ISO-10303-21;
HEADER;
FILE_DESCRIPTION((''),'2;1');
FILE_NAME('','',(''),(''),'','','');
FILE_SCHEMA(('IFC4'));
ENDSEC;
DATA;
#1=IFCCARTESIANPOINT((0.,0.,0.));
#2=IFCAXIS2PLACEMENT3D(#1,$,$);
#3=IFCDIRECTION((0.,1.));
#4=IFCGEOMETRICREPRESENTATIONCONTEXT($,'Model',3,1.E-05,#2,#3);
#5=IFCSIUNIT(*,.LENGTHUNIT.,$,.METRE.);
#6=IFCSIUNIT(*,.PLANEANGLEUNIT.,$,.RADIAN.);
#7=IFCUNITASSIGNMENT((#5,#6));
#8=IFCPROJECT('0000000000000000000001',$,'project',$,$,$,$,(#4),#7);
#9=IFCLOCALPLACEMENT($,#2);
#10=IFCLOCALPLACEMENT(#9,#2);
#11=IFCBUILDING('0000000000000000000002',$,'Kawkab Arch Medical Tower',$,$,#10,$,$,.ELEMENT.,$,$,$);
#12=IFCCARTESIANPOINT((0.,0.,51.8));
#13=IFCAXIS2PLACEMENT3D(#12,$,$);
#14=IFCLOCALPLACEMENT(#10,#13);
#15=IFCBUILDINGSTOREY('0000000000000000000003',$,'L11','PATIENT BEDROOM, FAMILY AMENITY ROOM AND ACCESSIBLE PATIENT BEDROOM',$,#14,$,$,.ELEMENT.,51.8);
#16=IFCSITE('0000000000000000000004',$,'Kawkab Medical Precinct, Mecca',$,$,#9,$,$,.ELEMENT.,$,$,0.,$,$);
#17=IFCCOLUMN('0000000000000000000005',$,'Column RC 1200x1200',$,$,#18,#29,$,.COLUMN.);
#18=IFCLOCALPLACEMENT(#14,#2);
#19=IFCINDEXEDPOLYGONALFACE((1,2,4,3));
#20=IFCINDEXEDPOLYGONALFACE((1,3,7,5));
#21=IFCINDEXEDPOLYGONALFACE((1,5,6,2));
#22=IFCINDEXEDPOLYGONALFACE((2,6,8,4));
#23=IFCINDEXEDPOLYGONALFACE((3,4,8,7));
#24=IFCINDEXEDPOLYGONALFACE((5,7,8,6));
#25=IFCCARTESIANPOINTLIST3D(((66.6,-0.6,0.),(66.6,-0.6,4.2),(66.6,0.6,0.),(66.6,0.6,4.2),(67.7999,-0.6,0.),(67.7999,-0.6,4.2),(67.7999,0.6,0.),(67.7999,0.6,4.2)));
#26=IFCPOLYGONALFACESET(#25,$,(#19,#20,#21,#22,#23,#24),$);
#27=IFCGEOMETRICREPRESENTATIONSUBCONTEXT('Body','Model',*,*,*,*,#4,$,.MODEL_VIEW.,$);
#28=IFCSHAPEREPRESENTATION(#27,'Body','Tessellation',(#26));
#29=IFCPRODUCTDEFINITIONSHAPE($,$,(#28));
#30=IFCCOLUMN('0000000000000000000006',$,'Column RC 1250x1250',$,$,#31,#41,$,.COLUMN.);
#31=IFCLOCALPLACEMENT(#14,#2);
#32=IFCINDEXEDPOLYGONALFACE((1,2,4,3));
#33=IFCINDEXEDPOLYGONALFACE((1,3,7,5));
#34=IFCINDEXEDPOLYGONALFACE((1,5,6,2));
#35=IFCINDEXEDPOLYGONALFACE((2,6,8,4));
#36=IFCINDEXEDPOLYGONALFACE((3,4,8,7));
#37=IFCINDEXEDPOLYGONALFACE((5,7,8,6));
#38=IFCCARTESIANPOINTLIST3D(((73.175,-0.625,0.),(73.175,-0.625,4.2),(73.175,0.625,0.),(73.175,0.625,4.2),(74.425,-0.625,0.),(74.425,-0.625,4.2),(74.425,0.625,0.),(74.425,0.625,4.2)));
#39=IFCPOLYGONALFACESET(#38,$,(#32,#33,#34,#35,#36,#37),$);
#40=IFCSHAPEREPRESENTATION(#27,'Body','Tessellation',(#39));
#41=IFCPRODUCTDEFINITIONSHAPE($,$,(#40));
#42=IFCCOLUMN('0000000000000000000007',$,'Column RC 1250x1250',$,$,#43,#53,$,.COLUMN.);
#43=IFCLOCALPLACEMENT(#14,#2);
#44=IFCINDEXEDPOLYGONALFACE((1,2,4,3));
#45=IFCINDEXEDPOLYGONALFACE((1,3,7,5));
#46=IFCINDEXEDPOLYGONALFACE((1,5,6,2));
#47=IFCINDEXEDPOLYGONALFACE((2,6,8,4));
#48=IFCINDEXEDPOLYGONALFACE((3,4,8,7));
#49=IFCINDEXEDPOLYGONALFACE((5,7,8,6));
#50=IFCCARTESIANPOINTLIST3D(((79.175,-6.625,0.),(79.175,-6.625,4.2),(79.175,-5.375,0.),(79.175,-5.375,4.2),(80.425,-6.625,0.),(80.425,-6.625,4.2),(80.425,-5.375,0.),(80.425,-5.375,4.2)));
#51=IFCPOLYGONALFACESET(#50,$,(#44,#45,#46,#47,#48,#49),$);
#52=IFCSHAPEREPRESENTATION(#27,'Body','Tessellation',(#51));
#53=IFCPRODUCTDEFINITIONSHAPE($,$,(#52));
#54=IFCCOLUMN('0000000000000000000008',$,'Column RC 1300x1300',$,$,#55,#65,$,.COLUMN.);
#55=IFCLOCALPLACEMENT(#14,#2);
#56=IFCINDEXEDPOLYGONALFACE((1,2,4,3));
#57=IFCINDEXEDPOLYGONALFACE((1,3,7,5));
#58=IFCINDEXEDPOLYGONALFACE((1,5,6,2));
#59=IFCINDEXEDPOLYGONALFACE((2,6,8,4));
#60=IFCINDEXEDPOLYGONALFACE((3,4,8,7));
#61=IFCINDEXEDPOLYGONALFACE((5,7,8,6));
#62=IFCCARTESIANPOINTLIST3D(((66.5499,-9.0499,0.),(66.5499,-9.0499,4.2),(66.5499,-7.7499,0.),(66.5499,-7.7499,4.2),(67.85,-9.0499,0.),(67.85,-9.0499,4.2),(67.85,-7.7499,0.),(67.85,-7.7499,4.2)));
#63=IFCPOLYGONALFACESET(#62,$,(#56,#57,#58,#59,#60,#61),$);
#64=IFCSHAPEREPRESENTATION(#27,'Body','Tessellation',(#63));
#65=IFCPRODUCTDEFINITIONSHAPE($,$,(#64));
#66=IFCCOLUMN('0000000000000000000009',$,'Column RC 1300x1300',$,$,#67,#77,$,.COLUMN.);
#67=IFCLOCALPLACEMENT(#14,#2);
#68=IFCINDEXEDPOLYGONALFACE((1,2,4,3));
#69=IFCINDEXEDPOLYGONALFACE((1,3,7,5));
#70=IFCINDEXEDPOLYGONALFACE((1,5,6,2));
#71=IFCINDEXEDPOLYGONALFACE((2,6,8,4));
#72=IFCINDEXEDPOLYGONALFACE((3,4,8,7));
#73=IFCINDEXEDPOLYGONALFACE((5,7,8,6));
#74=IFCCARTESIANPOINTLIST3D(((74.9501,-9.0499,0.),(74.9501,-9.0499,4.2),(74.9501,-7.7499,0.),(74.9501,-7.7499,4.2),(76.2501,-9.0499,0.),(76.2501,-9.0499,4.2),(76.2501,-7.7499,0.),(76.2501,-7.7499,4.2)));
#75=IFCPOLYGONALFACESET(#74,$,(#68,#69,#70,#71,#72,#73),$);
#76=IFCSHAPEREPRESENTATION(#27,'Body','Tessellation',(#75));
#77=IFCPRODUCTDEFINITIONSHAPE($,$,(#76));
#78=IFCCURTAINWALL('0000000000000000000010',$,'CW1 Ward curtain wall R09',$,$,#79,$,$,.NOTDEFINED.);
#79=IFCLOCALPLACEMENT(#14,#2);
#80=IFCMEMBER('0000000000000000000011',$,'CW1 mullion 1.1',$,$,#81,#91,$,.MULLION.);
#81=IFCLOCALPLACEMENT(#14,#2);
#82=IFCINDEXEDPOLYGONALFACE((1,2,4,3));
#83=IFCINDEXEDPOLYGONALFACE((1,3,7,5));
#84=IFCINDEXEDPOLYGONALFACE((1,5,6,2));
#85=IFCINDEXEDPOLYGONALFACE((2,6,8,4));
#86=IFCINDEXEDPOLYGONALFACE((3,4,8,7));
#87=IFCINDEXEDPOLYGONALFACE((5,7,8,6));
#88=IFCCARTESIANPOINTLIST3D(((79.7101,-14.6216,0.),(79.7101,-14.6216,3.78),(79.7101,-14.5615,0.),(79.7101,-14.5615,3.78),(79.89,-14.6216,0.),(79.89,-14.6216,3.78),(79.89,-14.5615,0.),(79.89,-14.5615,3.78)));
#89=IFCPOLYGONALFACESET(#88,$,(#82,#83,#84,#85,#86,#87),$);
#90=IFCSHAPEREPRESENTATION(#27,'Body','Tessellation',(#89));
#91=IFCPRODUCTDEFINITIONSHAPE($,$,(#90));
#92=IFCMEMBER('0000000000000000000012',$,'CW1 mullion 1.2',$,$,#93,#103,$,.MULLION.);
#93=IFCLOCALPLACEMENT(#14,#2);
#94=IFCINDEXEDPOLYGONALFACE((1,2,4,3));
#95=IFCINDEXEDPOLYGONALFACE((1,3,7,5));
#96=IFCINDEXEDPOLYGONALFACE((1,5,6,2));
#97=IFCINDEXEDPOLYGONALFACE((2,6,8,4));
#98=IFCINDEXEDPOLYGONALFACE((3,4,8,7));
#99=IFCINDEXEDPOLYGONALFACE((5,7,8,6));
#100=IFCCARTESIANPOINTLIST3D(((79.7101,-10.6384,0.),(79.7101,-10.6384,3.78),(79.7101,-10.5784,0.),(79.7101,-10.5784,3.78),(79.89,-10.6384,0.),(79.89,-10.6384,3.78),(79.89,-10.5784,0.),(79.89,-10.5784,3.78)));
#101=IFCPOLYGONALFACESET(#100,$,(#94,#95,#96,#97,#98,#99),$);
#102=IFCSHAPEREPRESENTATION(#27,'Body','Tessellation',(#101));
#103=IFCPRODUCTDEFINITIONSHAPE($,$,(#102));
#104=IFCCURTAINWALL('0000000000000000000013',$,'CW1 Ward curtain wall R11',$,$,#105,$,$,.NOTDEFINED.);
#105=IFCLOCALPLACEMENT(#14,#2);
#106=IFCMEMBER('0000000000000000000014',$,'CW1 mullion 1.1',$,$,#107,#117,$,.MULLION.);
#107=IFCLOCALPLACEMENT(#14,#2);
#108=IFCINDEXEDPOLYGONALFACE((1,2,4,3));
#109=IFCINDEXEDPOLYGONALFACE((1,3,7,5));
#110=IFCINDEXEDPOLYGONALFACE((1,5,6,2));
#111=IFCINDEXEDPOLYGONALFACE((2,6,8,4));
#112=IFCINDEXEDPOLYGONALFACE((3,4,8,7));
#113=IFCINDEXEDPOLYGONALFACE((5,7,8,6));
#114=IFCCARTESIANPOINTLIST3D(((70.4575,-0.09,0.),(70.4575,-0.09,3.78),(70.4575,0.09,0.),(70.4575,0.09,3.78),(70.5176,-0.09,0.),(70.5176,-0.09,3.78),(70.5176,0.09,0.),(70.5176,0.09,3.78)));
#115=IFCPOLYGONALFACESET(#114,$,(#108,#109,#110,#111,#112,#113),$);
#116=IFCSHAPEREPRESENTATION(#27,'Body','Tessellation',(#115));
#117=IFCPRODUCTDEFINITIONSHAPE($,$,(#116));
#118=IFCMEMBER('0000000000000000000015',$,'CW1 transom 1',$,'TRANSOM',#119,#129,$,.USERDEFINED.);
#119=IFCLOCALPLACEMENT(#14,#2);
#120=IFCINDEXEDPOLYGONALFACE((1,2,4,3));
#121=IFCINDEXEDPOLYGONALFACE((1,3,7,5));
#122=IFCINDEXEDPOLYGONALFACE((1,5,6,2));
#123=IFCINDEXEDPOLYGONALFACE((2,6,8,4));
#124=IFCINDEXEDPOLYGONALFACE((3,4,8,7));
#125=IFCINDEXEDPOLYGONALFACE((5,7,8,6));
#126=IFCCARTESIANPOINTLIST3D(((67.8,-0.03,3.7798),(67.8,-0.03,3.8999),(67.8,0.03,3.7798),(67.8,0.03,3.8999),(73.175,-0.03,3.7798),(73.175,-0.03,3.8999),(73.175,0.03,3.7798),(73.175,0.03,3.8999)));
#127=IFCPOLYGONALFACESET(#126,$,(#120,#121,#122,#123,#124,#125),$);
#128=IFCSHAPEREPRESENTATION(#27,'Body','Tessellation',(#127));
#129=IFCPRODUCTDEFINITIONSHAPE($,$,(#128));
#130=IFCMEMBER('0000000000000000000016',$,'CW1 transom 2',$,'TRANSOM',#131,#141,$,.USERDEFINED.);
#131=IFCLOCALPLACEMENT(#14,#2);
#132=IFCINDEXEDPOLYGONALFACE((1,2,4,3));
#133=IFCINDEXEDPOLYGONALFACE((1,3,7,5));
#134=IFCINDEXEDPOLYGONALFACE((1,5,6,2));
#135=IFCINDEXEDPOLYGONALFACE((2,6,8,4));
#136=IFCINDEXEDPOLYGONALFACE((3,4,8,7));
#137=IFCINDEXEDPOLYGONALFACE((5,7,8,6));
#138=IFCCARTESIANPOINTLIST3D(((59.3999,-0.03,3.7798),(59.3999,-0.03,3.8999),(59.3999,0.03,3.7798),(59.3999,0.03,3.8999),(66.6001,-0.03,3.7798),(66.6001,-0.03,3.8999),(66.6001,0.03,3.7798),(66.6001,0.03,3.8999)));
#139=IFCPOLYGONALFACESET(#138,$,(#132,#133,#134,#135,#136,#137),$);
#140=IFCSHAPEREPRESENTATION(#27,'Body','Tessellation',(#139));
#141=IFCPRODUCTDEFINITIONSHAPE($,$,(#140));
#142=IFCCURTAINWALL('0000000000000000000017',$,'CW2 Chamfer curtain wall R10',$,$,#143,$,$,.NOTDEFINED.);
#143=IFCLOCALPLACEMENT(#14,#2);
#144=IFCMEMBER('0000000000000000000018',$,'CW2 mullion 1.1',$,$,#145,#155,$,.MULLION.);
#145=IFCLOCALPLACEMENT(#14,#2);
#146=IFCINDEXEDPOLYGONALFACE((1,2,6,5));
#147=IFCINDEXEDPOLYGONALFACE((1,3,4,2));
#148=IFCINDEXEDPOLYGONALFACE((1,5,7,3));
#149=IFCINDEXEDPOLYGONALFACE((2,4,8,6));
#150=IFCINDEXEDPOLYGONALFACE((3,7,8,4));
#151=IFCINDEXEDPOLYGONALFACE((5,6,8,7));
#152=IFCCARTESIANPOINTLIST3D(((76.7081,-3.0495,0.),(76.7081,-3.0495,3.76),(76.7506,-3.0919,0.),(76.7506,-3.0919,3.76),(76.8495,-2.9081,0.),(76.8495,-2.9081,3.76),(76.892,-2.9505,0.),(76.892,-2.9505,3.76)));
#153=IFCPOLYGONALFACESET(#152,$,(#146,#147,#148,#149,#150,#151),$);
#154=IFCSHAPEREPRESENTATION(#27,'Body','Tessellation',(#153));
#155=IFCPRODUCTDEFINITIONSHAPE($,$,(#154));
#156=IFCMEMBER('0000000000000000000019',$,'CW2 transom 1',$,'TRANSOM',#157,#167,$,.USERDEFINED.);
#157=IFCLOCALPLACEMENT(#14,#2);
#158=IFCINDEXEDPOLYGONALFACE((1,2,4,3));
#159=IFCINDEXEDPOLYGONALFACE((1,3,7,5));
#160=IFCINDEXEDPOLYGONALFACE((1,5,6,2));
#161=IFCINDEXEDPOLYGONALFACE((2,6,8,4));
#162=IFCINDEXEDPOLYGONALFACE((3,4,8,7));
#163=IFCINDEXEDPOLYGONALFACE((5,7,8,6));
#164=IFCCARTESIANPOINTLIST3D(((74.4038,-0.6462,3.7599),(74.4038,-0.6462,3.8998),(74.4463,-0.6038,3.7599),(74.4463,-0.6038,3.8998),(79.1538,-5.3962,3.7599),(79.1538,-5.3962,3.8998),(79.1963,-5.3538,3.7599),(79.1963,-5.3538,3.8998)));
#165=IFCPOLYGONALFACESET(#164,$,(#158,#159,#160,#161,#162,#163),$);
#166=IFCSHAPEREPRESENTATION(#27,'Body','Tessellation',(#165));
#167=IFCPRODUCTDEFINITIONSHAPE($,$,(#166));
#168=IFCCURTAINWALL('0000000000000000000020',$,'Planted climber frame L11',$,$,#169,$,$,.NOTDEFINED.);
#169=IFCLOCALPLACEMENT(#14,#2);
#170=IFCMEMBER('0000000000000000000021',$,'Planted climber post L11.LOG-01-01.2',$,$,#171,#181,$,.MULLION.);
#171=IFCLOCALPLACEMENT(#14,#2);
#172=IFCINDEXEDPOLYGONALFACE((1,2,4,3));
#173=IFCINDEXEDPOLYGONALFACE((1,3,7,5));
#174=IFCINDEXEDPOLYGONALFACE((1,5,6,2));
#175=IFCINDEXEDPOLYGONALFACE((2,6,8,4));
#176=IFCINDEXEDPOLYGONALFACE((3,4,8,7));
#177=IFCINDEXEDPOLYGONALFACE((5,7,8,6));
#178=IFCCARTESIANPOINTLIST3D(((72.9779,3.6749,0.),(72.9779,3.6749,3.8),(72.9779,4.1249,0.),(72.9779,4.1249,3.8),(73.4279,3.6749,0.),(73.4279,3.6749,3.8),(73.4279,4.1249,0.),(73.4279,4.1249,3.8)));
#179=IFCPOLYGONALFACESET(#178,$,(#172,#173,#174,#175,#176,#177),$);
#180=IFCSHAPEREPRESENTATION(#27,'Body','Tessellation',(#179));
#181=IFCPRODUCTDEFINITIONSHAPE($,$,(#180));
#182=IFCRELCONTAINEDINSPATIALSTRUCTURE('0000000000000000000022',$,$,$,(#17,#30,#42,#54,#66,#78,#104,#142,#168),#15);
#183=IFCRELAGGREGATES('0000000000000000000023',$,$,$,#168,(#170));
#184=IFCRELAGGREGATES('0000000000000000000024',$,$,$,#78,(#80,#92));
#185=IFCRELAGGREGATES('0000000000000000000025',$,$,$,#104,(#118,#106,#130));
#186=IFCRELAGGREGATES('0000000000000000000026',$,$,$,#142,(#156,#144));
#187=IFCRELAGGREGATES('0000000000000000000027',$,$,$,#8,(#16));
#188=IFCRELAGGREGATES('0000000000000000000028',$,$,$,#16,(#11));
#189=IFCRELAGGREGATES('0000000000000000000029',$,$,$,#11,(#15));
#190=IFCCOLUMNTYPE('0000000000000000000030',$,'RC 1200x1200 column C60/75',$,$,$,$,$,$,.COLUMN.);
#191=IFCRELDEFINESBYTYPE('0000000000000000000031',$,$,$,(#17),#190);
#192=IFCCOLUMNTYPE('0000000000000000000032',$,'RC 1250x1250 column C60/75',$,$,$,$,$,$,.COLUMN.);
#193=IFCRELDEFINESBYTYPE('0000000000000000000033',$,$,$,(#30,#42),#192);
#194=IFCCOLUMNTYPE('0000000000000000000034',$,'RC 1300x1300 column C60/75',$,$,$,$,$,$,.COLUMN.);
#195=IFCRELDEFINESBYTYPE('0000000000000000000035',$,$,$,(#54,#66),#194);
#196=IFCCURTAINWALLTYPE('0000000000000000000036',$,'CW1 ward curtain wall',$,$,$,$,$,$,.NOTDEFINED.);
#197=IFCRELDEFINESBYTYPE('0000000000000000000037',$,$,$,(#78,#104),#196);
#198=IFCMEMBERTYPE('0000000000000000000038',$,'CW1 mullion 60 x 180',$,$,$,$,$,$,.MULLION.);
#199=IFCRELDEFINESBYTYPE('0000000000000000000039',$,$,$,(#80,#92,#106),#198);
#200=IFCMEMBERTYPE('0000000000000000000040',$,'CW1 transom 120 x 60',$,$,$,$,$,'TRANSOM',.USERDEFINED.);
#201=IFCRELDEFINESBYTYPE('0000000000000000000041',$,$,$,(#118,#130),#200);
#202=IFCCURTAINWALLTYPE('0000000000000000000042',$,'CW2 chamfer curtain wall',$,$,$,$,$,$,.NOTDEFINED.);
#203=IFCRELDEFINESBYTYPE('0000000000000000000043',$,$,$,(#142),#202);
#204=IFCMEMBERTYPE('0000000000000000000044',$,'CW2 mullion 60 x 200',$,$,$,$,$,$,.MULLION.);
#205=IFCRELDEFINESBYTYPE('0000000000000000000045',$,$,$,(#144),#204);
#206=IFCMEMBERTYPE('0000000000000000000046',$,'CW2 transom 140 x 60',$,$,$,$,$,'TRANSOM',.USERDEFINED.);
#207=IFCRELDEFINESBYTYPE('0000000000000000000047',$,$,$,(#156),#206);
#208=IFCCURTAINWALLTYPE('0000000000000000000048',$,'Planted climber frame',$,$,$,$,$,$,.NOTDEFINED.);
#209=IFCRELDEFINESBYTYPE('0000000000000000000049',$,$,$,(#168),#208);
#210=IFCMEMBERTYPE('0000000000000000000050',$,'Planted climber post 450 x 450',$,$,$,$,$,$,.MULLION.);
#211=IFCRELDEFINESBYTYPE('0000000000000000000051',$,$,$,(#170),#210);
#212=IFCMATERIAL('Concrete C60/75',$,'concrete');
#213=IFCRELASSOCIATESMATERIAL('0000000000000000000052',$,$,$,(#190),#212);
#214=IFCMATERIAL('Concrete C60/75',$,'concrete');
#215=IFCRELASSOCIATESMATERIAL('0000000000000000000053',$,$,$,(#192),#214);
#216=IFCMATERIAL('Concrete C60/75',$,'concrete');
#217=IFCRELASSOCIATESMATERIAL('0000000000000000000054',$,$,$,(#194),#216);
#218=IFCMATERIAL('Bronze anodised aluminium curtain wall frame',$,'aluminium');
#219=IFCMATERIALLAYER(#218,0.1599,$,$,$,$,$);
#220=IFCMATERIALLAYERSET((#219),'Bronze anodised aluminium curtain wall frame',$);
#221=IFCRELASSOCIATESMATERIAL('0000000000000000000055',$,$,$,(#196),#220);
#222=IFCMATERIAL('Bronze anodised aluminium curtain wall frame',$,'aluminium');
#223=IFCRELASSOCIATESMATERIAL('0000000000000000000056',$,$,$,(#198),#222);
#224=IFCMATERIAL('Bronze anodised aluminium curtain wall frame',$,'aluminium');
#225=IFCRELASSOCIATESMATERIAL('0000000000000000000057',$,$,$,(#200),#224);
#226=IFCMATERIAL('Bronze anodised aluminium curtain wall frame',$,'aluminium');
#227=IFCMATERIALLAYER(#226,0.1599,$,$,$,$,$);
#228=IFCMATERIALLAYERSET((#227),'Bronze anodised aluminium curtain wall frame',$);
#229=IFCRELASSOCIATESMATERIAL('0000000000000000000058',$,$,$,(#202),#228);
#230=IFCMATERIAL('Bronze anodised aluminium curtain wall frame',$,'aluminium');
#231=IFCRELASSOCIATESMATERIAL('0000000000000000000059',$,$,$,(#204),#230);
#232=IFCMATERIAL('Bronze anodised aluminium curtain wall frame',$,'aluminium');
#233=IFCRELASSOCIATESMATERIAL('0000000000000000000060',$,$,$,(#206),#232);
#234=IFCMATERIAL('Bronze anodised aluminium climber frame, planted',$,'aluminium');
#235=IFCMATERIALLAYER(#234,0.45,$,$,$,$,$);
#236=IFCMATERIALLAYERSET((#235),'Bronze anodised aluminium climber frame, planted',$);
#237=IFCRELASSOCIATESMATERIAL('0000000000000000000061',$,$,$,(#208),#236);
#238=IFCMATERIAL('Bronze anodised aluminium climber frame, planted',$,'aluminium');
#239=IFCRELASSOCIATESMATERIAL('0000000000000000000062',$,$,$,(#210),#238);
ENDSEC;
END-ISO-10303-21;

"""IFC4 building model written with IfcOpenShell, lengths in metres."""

from ifc_helpers import new_model, si_unit, direction, frame, origin, origin_2d, place, context, subcontext, project, spatial, rectangle, extrude, material, layer, layer_set, material_profile, profile_set, type_object, element, aggregate, save


model = new_model("IFC4")

# Units and contexts
model_context = context("Model", 3, precision=1e-05, world=origin(), true_north=direction((0.0, 1.0)))
body_context = subcontext(model_context, "Body", "Model", "MODEL_VIEW")
ifc_project = project(units=[si_unit("LENGTHUNIT", "METRE"), si_unit("PLANEANGLEUNIT", "RADIAN")], contexts=[model_context])

# Site, building, storey
site_placement = place(None, origin())
site = spatial("IfcSite", under=ifc_project, at=site_placement, Name="Kawkab Medical Precinct, Mecca", CompositionType="ELEMENT", RefElevation=0.0)
building_placement = place(site_placement, origin())
building = spatial("IfcBuilding", under=site, at=building_placement, Name="Kawkab Arch Medical Tower", CompositionType="ELEMENT")
storey_placement = place(building_placement, frame((0.0, 0.0, 51.8)))
storey = spatial("IfcBuildingStorey", under=building, at=storey_placement, Name="L11", Description="PATIENT BEDROOM, FAMILY AMENITY ROOM AND ACCESSIBLE PATIENT BEDROOM", CompositionType="ELEMENT", Elevation=51.8)

# Columns
ifc_material_1 = material(Name="Concrete C60/75", Category="concrete")
ifc_material_profile_1 = material_profile(ifc_material_1, rectangle(XDim=1.2, YDim=1.2, at=origin_2d()), Name="RC 1200x1200")
ifc_profile_set_1 = profile_set([ifc_material_profile_1], Name="Concrete C60/75")
column_type_1 = type_object("IfcColumnType", Name="RC 1200x1200 column C60/75", PredefinedType="COLUMN", material=ifc_profile_set_1)
column_placement = place(storey_placement, frame((67.2, 0.0, 0.0), z_axis=(0.0, 0.0, 1.0), x_axis=(1.0, 0.0, 0.0)))
element("IfcColumn", 1, at=column_placement, inside=storey, type_object=column_type_1, Name="Column RC 1200x1200", PredefinedType="COLUMN", context=body_context, shape_type="SweptSolid", body=[
    extrude(rectangle(XDim=1.2, YDim=1.2, at=origin_2d()), origin(), (0.0, 0.0, 1.0), 4.2),
])
ifc_material_2 = material(Name="Concrete C60/75", Category="concrete")
ifc_material_profile_2 = material_profile(ifc_material_2, rectangle(XDim=1.25, YDim=1.25, at=origin_2d()), Name="RC 1250x1250")
ifc_profile_set_2 = profile_set([ifc_material_profile_2], Name="Concrete C60/75")
column_type_2 = type_object("IfcColumnType", Name="RC 1250x1250 column C60/75", PredefinedType="COLUMN", material=ifc_profile_set_2)
for number, where, z_axis, x_axis, name in (
    (2, (73.8, 0.0, 0.0), (0.0, 0.0, 1.0), (1.0, 0.0, 0.0), "Column RC 1250x1250"),
    (3, (79.8, -6.0, 0.0), (0.0, 0.0, 1.0), (1.0, 0.0, 0.0), "Column RC 1250x1250"),
):
    element("IfcColumn", number, at=place(storey_placement, frame(where, z_axis=z_axis, x_axis=x_axis)), inside=storey, type_object=column_type_2, Name=name, PredefinedType="COLUMN", context=body_context, shape_type="SweptSolid", body=[
        extrude(rectangle(XDim=1.25, YDim=1.25, at=origin_2d()), origin(), (0.0, 0.0, 1.0), 4.2),
    ])
ifc_material_3 = material(Name="Concrete C60/75", Category="concrete")
ifc_material_profile_3 = material_profile(ifc_material_3, rectangle(XDim=1.3, YDim=1.3, at=origin_2d()), Name="RC 1300x1300")
ifc_profile_set_3 = profile_set([ifc_material_profile_3], Name="Concrete C60/75")
column_type_3 = type_object("IfcColumnType", Name="RC 1300x1300 column C60/75", PredefinedType="COLUMN", material=ifc_profile_set_3)
for number, where, z_axis, x_axis, name in (
    (4, (67.2, -8.3999, 0.0), (0.0, 0.0, 1.0), (1.0, 0.0, 0.0), "Column RC 1300x1300"),
    (5, (75.6001, -8.3999, 0.0), (0.0, 0.0, 1.0), (1.0, 0.0, 0.0), "Column RC 1300x1300"),
):
    element("IfcColumn", number, at=place(storey_placement, frame(where, z_axis=z_axis, x_axis=x_axis)), inside=storey, type_object=column_type_3, Name=name, PredefinedType="COLUMN", context=body_context, shape_type="SweptSolid", body=[
        extrude(rectangle(XDim=1.3, YDim=1.3, at=origin_2d()), origin(), (0.0, 0.0, 1.0), 4.2),
    ])

# Curtain walls, members
ifc_material_4 = material(Name="Bronze anodised aluminium curtain wall frame", Category="aluminium")
ifc_layer_1 = layer(ifc_material_4, 0.1599)
ifc_layer_set_1 = layer_set([ifc_layer_1], Name="Bronze anodised aluminium curtain wall frame")
curtain_wall_type_1 = type_object("IfcCurtainWallType", Name="CW1 ward curtain wall", PredefinedType="NOTDEFINED", material=ifc_layer_set_1)
placement = place(storey_placement, origin())
curtain_wall_1 = element("IfcCurtainWall", 6, at=placement, inside=storey, type_object=curtain_wall_type_1, Name="CW1 Ward curtain wall R09", PredefinedType="NOTDEFINED")
ifc_material_5 = material(Name="Bronze anodised aluminium curtain wall frame", Category="aluminium")
ifc_material_profile_4 = material_profile(ifc_material_5, rectangle(XDim=0.1799, YDim=0.0601, at=origin_2d()), Name="AL 60x180")
ifc_profile_set_4 = profile_set([ifc_material_profile_4], Name="Bronze anodised aluminium curtain wall frame")
member_type_1 = type_object("IfcMemberType", Name="CW1 mullion 60 x 180", PredefinedType="MULLION", material=ifc_profile_set_4)
member_1_placement = place(storey_placement, frame((79.8, -14.5916, 0.0), z_axis=(0.0, 0.0, 1.0), x_axis=(-1.0, 0.0, 0.0)))
member_1 = element("IfcMember", 7, at=member_1_placement, type_object=member_type_1, Name="CW1 mullion 1.1", PredefinedType="MULLION", context=body_context, shape_type="SweptSolid", body=[
    extrude(rectangle(XDim=0.1799, YDim=0.0601, at=origin_2d()), origin(), (0.0, 0.0, 1.0), 3.78),
])
member_2_placement = place(storey_placement, frame((79.8, -10.6084, 0.0), z_axis=(0.0, 0.0, 1.0), x_axis=(-1.0, 0.0, 0.0)))
member_2 = element("IfcMember", 8, at=member_2_placement, type_object=member_type_1, Name="CW1 mullion 1.2", PredefinedType="MULLION", context=body_context, shape_type="SweptSolid", body=[
    extrude(rectangle(XDim=0.1799, YDim=0.0601, at=origin_2d()), origin(), (0.0, 0.0, 1.0), 3.78),
])
curtain_wall_2 = element("IfcCurtainWall", 9, at=placement, inside=storey, type_object=curtain_wall_type_1, Name="CW1 Ward curtain wall R11", PredefinedType="NOTDEFINED")
member_3_placement = place(storey_placement, frame((70.4875, 0.0, 0.0), z_axis=(0.0, 0.0, 1.0), x_axis=(0.0, -1.0, 0.0)))
member_3 = element("IfcMember", 10, at=member_3_placement, type_object=member_type_1, Name="CW1 mullion 1.1", PredefinedType="MULLION", context=body_context, shape_type="SweptSolid", body=[
    extrude(rectangle(XDim=0.1799, YDim=0.0601, at=origin_2d()), origin(), (0.0, 0.0, 1.0), 3.78),
])
ifc_material_6 = material(Name="Bronze anodised aluminium curtain wall frame", Category="aluminium")
ifc_material_profile_5 = material_profile(ifc_material_6, rectangle(XDim=0.0601, YDim=0.1201, at=origin_2d()), Name="AL 60x120")
ifc_profile_set_5 = profile_set([ifc_material_profile_5], Name="Bronze anodised aluminium curtain wall frame")
member_type_2 = type_object("IfcMemberType", Name="CW1 transom 120 x 60", ElementType="TRANSOM", PredefinedType="USERDEFINED", material=ifc_profile_set_5)
member_4_placement = place(storey_placement, frame((73.175, 0.0, 3.8398), z_axis=(-1.0, 0.0, 0.0), x_axis=(0.0, -1.0, 0.0)))
member_4 = element("IfcMember", 11, at=member_4_placement, type_object=member_type_2, Name="CW1 transom 1", ObjectType="TRANSOM", PredefinedType="USERDEFINED", context=body_context, shape_type="SweptSolid", body=[
    extrude(rectangle(XDim=0.0601, YDim=0.1201, at=origin_2d()), origin(), (0.0, 0.0, 1.0), 5.375),
])
member_5_placement = place(storey_placement, frame((66.6001, 0.0, 3.8398), z_axis=(-1.0, 0.0, 0.0), x_axis=(0.0, -1.0, 0.0)))
member_5 = element("IfcMember", 12, at=member_5_placement, type_object=member_type_2, Name="CW1 transom 2", ObjectType="TRANSOM", PredefinedType="USERDEFINED", context=body_context, shape_type="SweptSolid", body=[
    extrude(rectangle(XDim=0.0601, YDim=0.1201, at=origin_2d()), origin(), (0.0, 0.0, 1.0), 7.2002),
])
ifc_material_7 = material(Name="Bronze anodised aluminium curtain wall frame", Category="aluminium")
ifc_layer_2 = layer(ifc_material_7, 0.1599)
ifc_layer_set_2 = layer_set([ifc_layer_2], Name="Bronze anodised aluminium curtain wall frame")
curtain_wall_type_2 = type_object("IfcCurtainWallType", Name="CW2 chamfer curtain wall", PredefinedType="NOTDEFINED", material=ifc_layer_set_2)
curtain_wall_3 = element("IfcCurtainWall", 13, at=placement, inside=storey, type_object=curtain_wall_type_2, Name="CW2 Chamfer curtain wall R10", PredefinedType="NOTDEFINED")
ifc_material_8 = material(Name="Bronze anodised aluminium curtain wall frame", Category="aluminium")
ifc_material_profile_6 = material_profile(ifc_material_8, rectangle(XDim=0.2, YDim=0.0601, at=origin_2d()), Name="AL 60x200")
ifc_profile_set_6 = profile_set([ifc_material_profile_6], Name="Bronze anodised aluminium curtain wall frame")
member_type_3 = type_object("IfcMemberType", Name="CW2 mullion 60 x 200", PredefinedType="MULLION", material=ifc_profile_set_6)
member_6_placement = place(storey_placement, frame((76.8, -3.0, 0.0), z_axis=(0.0, 0.0, 1.0), x_axis=(-0.707107, -0.707107, 0.0)))
member_6 = element("IfcMember", 14, at=member_6_placement, type_object=member_type_3, Name="CW2 mullion 1.1", PredefinedType="MULLION", context=body_context, shape_type="SweptSolid", body=[
    extrude(rectangle(XDim=0.2, YDim=0.0601, at=origin_2d()), origin(), (0.0, 0.0, 1.0), 3.76),
])
ifc_material_9 = material(Name="Bronze anodised aluminium curtain wall frame", Category="aluminium")
ifc_material_profile_7 = material_profile(ifc_material_9, rectangle(XDim=0.0601, YDim=0.1399, at=origin_2d()), Name="AL 60x140")
ifc_profile_set_7 = profile_set([ifc_material_profile_7], Name="Bronze anodised aluminium curtain wall frame")
member_type_4 = type_object("IfcMemberType", Name="CW2 transom 140 x 60", ElementType="TRANSOM", PredefinedType="USERDEFINED", material=ifc_profile_set_7)
member_7_placement = place(storey_placement, frame((79.175, -5.375, 3.8298), z_axis=(-0.707107, 0.707107, 0.0), x_axis=(-0.707107, -0.707107, 0.0)))
member_7 = element("IfcMember", 15, at=member_7_placement, type_object=member_type_4, Name="CW2 transom 1", ObjectType="TRANSOM", PredefinedType="USERDEFINED", context=body_context, shape_type="SweptSolid", body=[
    extrude(rectangle(XDim=0.0601, YDim=0.1399, at=origin_2d()), origin(), (0.0, 0.0, 1.0), 6.7175),
])

# Curtain wall, member
ifc_material_10 = material(Name="Bronze anodised aluminium climber frame, planted", Category="aluminium")
ifc_layer_3 = layer(ifc_material_10, 0.45)
ifc_layer_set_3 = layer_set([ifc_layer_3], Name="Bronze anodised aluminium climber frame, planted")
curtain_wall_type_3 = type_object("IfcCurtainWallType", Name="Planted climber frame", PredefinedType="NOTDEFINED", material=ifc_layer_set_3)
curtain_wall_4 = element("IfcCurtainWall", 16, at=placement, inside=storey, type_object=curtain_wall_type_3, Name="Planted climber frame L11", PredefinedType="NOTDEFINED")
ifc_material_11 = material(Name="Bronze anodised aluminium climber frame, planted", Category="aluminium")
ifc_material_profile_8 = material_profile(ifc_material_11, rectangle(XDim=0.45, YDim=0.45, at=origin_2d()), Name="Post 450x450")
ifc_profile_set_8 = profile_set([ifc_material_profile_8], Name="Bronze anodised aluminium climber frame, planted")
member_type_5 = type_object("IfcMemberType", Name="Planted climber post 450 x 450", PredefinedType="MULLION", material=ifc_profile_set_8)
member_8_placement = place(storey_placement, frame((73.2029, 3.8999, 0.0), z_axis=(0.0, 0.0, 1.0), x_axis=(1.0, 0.0, 0.0)))
member_8 = element("IfcMember", 17, at=member_8_placement, type_object=member_type_5, Name="Planted climber post L11.LOG-01-01.2", PredefinedType="MULLION", context=body_context, shape_type="SweptSolid", body=[
    extrude(rectangle(XDim=0.45, YDim=0.45, at=origin_2d()), origin(), (0.0, 0.0, 1.0), 3.8),
])
aggregate(curtain_wall_4, [member_8])

aggregate(curtain_wall_1, [member_1, member_2])
aggregate(curtain_wall_2, [member_4, member_3, member_5])
aggregate(curtain_wall_3, [member_7, member_6])

save(model, "model.ifc")
